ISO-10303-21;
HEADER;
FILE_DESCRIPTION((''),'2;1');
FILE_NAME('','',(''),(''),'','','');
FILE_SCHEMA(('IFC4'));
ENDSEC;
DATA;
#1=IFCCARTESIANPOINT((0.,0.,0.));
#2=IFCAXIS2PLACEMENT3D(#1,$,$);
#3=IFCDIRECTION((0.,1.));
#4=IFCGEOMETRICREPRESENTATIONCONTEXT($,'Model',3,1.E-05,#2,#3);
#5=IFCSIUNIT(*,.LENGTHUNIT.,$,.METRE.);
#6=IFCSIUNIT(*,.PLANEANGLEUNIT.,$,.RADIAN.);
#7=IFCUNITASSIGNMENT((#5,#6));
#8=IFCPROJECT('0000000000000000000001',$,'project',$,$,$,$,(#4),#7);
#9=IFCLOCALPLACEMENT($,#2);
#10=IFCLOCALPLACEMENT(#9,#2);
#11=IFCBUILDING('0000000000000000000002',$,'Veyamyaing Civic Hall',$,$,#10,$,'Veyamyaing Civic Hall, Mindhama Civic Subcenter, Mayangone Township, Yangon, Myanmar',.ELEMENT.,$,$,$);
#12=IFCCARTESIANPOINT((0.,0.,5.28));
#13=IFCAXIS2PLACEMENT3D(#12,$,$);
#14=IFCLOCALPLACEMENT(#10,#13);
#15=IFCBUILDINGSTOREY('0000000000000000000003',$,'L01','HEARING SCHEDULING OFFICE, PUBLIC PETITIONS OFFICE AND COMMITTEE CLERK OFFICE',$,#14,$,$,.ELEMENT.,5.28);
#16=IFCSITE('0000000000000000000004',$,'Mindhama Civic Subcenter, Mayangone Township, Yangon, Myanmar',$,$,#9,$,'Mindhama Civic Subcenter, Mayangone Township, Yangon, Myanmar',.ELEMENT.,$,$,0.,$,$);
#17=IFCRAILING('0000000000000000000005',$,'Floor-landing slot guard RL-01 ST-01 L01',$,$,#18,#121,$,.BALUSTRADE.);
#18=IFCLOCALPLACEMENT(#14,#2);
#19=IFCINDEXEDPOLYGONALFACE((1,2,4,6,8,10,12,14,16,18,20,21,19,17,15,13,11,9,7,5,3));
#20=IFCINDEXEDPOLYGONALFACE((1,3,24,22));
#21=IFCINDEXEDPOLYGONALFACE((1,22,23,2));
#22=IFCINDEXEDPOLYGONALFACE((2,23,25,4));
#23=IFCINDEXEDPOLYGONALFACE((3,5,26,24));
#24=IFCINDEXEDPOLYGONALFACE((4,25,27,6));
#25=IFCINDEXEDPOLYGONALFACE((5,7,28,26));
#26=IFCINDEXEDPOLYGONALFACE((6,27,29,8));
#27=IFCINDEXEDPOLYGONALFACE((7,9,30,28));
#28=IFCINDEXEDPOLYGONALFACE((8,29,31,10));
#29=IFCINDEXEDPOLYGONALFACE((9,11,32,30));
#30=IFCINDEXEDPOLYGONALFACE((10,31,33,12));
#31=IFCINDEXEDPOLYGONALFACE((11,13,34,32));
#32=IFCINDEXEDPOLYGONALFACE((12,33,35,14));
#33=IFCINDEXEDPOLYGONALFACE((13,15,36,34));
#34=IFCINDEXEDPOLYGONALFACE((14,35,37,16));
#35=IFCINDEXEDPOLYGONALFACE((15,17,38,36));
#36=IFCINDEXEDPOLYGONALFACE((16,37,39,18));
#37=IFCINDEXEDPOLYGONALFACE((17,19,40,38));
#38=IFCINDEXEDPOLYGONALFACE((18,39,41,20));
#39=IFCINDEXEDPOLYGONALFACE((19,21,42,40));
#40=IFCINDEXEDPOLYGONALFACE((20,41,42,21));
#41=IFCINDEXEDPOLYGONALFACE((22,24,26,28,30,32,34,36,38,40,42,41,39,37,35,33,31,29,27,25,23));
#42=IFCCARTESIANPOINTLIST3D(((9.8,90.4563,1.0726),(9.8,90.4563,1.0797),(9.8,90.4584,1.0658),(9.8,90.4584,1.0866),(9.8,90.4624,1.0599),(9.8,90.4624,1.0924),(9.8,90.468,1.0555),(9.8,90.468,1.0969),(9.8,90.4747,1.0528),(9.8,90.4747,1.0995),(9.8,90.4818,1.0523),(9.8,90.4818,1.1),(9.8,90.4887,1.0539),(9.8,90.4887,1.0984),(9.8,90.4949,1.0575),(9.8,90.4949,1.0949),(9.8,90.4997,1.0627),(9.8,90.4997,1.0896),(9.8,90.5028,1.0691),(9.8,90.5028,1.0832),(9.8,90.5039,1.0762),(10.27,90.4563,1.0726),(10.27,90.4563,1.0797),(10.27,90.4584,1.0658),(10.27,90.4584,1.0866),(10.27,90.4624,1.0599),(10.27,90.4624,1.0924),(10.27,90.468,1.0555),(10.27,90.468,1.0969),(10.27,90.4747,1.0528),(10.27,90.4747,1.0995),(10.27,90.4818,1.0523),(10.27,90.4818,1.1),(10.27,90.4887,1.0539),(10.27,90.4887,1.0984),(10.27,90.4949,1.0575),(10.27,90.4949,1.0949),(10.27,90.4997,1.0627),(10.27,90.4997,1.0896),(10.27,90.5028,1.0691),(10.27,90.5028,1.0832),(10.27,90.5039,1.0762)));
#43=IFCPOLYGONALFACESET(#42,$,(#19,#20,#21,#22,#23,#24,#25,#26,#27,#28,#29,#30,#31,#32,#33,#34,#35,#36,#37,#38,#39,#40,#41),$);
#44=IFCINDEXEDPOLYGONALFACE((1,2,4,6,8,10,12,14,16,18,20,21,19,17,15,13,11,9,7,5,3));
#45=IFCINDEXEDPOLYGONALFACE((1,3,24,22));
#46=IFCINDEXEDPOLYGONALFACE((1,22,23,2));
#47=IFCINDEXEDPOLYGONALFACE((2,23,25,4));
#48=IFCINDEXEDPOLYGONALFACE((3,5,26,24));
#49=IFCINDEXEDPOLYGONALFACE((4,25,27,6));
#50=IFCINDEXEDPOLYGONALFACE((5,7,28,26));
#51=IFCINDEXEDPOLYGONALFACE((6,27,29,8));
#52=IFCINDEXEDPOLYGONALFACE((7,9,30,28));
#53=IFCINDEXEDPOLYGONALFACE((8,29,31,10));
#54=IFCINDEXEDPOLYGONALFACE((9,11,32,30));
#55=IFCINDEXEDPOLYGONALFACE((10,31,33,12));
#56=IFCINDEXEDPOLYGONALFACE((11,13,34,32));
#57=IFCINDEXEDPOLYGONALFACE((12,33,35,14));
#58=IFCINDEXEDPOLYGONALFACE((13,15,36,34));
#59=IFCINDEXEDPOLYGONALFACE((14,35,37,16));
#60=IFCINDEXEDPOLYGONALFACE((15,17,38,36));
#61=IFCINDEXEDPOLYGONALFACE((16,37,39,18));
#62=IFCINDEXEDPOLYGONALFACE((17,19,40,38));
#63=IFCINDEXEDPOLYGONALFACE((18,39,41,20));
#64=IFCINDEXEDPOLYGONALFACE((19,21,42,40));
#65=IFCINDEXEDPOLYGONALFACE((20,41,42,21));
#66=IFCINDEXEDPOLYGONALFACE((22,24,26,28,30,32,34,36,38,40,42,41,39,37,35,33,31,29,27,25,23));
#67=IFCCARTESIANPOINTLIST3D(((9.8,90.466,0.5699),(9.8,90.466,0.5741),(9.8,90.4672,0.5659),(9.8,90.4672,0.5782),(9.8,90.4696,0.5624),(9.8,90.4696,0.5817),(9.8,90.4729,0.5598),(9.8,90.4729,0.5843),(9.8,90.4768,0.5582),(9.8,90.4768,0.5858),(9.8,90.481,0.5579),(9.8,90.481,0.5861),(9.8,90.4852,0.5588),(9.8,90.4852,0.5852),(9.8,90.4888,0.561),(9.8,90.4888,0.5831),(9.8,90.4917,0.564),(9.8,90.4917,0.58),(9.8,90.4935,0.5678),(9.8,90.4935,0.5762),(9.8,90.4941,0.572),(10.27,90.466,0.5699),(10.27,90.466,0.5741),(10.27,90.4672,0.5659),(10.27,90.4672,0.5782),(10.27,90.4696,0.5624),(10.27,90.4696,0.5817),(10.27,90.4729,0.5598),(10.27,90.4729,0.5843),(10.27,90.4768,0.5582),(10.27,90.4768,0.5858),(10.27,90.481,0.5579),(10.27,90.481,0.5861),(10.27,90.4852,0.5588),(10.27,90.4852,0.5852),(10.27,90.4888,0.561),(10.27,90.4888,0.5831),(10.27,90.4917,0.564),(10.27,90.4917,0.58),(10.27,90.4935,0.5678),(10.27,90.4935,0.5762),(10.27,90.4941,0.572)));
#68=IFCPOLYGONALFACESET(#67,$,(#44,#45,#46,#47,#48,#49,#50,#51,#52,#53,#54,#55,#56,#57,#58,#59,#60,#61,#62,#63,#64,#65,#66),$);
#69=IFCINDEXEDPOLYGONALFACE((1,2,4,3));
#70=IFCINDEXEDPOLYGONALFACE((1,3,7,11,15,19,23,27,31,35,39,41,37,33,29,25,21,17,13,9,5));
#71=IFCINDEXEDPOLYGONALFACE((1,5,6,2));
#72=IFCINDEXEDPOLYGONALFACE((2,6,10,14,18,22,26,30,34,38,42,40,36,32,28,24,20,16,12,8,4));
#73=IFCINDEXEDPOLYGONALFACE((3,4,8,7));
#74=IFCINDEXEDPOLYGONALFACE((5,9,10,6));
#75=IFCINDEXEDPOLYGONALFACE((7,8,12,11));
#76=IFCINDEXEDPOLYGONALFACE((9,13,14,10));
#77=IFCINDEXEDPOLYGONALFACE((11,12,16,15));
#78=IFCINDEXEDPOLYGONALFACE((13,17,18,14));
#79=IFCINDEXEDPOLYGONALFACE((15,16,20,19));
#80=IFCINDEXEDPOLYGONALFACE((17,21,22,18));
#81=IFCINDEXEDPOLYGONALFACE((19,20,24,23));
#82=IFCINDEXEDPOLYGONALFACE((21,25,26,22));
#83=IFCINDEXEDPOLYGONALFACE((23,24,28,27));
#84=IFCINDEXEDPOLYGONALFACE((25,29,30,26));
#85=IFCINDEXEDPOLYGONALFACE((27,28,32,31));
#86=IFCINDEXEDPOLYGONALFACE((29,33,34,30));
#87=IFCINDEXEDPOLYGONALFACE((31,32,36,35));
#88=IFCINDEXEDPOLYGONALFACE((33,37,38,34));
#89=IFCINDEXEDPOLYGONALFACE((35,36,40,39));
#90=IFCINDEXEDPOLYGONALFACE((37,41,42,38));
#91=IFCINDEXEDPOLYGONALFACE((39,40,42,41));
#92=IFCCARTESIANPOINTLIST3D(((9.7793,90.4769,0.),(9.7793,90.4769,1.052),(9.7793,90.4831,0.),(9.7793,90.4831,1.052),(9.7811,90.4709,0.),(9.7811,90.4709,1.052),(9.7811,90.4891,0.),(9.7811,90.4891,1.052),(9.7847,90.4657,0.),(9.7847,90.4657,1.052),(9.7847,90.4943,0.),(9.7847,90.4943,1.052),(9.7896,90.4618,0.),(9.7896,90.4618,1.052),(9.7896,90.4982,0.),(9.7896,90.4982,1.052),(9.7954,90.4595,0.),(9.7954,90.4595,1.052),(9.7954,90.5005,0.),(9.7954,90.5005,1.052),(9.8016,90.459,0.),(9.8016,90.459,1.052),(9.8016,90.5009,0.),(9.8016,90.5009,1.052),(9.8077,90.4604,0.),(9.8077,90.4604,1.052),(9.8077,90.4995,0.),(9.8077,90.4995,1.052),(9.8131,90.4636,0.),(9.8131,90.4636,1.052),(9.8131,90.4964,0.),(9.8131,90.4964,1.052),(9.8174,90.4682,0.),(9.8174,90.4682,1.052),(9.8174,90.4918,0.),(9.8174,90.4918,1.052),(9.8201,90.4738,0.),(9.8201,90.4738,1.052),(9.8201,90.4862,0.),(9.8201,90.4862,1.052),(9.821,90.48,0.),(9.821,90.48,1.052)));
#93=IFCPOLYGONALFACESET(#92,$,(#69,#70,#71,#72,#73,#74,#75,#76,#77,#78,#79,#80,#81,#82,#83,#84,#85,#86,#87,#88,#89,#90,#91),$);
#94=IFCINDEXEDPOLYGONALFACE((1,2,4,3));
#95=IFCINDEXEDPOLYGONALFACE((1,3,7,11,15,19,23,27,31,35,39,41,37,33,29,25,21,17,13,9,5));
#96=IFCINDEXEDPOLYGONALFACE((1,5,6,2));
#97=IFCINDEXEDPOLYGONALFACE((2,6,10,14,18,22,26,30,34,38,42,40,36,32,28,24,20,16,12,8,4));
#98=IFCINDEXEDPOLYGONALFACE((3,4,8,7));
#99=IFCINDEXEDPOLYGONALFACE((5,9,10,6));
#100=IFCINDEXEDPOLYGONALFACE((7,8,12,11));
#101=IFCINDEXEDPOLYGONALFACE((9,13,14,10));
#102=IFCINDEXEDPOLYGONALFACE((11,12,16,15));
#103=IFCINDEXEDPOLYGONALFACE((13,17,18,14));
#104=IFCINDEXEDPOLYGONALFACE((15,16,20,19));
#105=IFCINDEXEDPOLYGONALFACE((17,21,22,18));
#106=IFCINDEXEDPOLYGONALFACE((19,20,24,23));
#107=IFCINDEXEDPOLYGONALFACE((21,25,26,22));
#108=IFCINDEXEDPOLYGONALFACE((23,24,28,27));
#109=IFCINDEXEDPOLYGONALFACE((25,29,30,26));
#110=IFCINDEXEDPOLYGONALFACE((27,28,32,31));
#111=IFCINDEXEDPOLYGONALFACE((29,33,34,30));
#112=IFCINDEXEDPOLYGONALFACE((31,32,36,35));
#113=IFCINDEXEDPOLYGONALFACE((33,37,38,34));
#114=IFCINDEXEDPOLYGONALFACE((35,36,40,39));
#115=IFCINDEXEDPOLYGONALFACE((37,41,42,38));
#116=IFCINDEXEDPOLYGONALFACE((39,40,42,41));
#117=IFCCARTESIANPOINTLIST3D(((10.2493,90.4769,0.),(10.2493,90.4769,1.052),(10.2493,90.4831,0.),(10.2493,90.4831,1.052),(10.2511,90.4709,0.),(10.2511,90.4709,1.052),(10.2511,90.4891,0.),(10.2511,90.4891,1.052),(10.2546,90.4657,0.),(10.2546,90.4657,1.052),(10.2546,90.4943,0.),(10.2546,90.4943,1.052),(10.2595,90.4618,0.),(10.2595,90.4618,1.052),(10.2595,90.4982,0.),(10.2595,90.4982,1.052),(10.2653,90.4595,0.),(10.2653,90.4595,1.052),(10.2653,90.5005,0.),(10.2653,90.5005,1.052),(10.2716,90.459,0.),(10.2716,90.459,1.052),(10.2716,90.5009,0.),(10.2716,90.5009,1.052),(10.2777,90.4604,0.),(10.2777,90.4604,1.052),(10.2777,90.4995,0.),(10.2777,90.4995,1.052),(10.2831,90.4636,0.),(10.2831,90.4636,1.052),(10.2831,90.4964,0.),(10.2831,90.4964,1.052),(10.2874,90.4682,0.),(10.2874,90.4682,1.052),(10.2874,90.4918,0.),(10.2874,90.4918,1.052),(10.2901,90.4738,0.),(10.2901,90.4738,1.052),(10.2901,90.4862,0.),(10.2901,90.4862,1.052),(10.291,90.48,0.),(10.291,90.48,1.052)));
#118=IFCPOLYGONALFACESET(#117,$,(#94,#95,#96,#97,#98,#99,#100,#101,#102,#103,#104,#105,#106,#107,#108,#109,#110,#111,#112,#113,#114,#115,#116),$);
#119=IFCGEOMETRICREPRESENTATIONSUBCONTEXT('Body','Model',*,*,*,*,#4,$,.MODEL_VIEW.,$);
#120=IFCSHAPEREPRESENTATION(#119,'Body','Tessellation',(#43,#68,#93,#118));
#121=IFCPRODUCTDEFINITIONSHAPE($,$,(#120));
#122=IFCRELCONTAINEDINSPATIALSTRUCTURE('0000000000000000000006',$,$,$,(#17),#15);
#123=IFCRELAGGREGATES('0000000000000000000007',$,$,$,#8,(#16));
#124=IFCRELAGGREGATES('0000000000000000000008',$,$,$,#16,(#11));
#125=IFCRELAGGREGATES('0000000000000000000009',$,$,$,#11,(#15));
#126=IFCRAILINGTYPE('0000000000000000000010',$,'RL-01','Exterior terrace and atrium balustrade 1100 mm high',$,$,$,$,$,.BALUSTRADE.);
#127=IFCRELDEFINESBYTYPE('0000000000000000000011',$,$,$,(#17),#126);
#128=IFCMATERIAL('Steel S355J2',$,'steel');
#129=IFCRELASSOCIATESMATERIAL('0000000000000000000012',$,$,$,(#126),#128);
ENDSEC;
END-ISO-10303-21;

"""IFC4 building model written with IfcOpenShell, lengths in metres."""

from ifc_helpers import new_model, si_unit, direction, frame, origin, origin_2d, place, context, subcontext, project, spatial, circle, extrude, material, type_object, element, save


model = new_model("IFC4")

# Units and contexts
model_context = context("Model", 3, precision=1e-05, world=origin(), true_north=direction((0.0, 1.0)))
body_context = subcontext(model_context, "Body", "Model", "MODEL_VIEW")
ifc_project = project(units=[si_unit("LENGTHUNIT", "METRE"), si_unit("PLANEANGLEUNIT", "RADIAN")], contexts=[model_context])

# Site, building, storey
site_placement = place(None, origin())
site = spatial("IfcSite", under=ifc_project, at=site_placement, Name="Mindhama Civic Subcenter, Mayangone Township, Yangon, Myanmar", LongName="Mindhama Civic Subcenter, Mayangone Township, Yangon, Myanmar", CompositionType="ELEMENT", RefElevation=0.0)
building_placement = place(site_placement, origin())
building = spatial("IfcBuilding", under=site, at=building_placement, Name="Veyamyaing Civic Hall", LongName="Veyamyaing Civic Hall, Mindhama Civic Subcenter, Mayangone Township, Yangon, Myanmar", CompositionType="ELEMENT")
storey_placement = place(building_placement, frame((0.0, 0.0, 5.28)))
storey = spatial("IfcBuildingStorey", under=building, at=storey_placement, Name="L01", Description="HEARING SCHEDULING OFFICE, PUBLIC PETITIONS OFFICE AND COMMITTEE CLERK OFFICE", CompositionType="ELEMENT", Elevation=5.28)

# Railing
ifc_material_1 = material(Name="Steel S355J2", Category="steel")
railing_type_1 = type_object("IfcRailingType", Name="RL-01", Description="Exterior terrace and atrium balustrade 1100 mm high", PredefinedType="BALUSTRADE", material=ifc_material_1)
railing_1_placement = place(storey_placement, frame((9.8, 90.48, 0.0)))
element("IfcRailing", 1, at=railing_1_placement, inside=storey, type_object=railing_type_1, Name="Floor-landing slot guard RL-01 ST-01 L01", PredefinedType="BALUSTRADE", context=body_context, shape_type="SweptSolid", body=[
    extrude(circle(Radius=0.0239, at=origin_2d()), frame((0.0, 0.0, 1.0762), z_axis=(1.0, 0.0, 0.0), x_axis=(0.0, 1.0, 0.0)), (0.0, 0.0, 1.0), 0.47),
    extrude(circle(Radius=0.0142, at=origin_2d()), frame((0.0, 0.0, 0.572), z_axis=(1.0, 0.0, 0.0), x_axis=(0.0, 1.0, 0.0)), (0.0, 0.0, 1.0), 0.47),
    extrude(circle(Radius=0.021, at=origin_2d()), origin(), (0.0, 0.0, 1.0), 1.052),
    extrude(circle(Radius=0.021, at=origin_2d()), frame((0.47, 0.0, 0.0)), (0.0, 0.0, 1.0), 1.052),
])

save(model, "model.ifc")
